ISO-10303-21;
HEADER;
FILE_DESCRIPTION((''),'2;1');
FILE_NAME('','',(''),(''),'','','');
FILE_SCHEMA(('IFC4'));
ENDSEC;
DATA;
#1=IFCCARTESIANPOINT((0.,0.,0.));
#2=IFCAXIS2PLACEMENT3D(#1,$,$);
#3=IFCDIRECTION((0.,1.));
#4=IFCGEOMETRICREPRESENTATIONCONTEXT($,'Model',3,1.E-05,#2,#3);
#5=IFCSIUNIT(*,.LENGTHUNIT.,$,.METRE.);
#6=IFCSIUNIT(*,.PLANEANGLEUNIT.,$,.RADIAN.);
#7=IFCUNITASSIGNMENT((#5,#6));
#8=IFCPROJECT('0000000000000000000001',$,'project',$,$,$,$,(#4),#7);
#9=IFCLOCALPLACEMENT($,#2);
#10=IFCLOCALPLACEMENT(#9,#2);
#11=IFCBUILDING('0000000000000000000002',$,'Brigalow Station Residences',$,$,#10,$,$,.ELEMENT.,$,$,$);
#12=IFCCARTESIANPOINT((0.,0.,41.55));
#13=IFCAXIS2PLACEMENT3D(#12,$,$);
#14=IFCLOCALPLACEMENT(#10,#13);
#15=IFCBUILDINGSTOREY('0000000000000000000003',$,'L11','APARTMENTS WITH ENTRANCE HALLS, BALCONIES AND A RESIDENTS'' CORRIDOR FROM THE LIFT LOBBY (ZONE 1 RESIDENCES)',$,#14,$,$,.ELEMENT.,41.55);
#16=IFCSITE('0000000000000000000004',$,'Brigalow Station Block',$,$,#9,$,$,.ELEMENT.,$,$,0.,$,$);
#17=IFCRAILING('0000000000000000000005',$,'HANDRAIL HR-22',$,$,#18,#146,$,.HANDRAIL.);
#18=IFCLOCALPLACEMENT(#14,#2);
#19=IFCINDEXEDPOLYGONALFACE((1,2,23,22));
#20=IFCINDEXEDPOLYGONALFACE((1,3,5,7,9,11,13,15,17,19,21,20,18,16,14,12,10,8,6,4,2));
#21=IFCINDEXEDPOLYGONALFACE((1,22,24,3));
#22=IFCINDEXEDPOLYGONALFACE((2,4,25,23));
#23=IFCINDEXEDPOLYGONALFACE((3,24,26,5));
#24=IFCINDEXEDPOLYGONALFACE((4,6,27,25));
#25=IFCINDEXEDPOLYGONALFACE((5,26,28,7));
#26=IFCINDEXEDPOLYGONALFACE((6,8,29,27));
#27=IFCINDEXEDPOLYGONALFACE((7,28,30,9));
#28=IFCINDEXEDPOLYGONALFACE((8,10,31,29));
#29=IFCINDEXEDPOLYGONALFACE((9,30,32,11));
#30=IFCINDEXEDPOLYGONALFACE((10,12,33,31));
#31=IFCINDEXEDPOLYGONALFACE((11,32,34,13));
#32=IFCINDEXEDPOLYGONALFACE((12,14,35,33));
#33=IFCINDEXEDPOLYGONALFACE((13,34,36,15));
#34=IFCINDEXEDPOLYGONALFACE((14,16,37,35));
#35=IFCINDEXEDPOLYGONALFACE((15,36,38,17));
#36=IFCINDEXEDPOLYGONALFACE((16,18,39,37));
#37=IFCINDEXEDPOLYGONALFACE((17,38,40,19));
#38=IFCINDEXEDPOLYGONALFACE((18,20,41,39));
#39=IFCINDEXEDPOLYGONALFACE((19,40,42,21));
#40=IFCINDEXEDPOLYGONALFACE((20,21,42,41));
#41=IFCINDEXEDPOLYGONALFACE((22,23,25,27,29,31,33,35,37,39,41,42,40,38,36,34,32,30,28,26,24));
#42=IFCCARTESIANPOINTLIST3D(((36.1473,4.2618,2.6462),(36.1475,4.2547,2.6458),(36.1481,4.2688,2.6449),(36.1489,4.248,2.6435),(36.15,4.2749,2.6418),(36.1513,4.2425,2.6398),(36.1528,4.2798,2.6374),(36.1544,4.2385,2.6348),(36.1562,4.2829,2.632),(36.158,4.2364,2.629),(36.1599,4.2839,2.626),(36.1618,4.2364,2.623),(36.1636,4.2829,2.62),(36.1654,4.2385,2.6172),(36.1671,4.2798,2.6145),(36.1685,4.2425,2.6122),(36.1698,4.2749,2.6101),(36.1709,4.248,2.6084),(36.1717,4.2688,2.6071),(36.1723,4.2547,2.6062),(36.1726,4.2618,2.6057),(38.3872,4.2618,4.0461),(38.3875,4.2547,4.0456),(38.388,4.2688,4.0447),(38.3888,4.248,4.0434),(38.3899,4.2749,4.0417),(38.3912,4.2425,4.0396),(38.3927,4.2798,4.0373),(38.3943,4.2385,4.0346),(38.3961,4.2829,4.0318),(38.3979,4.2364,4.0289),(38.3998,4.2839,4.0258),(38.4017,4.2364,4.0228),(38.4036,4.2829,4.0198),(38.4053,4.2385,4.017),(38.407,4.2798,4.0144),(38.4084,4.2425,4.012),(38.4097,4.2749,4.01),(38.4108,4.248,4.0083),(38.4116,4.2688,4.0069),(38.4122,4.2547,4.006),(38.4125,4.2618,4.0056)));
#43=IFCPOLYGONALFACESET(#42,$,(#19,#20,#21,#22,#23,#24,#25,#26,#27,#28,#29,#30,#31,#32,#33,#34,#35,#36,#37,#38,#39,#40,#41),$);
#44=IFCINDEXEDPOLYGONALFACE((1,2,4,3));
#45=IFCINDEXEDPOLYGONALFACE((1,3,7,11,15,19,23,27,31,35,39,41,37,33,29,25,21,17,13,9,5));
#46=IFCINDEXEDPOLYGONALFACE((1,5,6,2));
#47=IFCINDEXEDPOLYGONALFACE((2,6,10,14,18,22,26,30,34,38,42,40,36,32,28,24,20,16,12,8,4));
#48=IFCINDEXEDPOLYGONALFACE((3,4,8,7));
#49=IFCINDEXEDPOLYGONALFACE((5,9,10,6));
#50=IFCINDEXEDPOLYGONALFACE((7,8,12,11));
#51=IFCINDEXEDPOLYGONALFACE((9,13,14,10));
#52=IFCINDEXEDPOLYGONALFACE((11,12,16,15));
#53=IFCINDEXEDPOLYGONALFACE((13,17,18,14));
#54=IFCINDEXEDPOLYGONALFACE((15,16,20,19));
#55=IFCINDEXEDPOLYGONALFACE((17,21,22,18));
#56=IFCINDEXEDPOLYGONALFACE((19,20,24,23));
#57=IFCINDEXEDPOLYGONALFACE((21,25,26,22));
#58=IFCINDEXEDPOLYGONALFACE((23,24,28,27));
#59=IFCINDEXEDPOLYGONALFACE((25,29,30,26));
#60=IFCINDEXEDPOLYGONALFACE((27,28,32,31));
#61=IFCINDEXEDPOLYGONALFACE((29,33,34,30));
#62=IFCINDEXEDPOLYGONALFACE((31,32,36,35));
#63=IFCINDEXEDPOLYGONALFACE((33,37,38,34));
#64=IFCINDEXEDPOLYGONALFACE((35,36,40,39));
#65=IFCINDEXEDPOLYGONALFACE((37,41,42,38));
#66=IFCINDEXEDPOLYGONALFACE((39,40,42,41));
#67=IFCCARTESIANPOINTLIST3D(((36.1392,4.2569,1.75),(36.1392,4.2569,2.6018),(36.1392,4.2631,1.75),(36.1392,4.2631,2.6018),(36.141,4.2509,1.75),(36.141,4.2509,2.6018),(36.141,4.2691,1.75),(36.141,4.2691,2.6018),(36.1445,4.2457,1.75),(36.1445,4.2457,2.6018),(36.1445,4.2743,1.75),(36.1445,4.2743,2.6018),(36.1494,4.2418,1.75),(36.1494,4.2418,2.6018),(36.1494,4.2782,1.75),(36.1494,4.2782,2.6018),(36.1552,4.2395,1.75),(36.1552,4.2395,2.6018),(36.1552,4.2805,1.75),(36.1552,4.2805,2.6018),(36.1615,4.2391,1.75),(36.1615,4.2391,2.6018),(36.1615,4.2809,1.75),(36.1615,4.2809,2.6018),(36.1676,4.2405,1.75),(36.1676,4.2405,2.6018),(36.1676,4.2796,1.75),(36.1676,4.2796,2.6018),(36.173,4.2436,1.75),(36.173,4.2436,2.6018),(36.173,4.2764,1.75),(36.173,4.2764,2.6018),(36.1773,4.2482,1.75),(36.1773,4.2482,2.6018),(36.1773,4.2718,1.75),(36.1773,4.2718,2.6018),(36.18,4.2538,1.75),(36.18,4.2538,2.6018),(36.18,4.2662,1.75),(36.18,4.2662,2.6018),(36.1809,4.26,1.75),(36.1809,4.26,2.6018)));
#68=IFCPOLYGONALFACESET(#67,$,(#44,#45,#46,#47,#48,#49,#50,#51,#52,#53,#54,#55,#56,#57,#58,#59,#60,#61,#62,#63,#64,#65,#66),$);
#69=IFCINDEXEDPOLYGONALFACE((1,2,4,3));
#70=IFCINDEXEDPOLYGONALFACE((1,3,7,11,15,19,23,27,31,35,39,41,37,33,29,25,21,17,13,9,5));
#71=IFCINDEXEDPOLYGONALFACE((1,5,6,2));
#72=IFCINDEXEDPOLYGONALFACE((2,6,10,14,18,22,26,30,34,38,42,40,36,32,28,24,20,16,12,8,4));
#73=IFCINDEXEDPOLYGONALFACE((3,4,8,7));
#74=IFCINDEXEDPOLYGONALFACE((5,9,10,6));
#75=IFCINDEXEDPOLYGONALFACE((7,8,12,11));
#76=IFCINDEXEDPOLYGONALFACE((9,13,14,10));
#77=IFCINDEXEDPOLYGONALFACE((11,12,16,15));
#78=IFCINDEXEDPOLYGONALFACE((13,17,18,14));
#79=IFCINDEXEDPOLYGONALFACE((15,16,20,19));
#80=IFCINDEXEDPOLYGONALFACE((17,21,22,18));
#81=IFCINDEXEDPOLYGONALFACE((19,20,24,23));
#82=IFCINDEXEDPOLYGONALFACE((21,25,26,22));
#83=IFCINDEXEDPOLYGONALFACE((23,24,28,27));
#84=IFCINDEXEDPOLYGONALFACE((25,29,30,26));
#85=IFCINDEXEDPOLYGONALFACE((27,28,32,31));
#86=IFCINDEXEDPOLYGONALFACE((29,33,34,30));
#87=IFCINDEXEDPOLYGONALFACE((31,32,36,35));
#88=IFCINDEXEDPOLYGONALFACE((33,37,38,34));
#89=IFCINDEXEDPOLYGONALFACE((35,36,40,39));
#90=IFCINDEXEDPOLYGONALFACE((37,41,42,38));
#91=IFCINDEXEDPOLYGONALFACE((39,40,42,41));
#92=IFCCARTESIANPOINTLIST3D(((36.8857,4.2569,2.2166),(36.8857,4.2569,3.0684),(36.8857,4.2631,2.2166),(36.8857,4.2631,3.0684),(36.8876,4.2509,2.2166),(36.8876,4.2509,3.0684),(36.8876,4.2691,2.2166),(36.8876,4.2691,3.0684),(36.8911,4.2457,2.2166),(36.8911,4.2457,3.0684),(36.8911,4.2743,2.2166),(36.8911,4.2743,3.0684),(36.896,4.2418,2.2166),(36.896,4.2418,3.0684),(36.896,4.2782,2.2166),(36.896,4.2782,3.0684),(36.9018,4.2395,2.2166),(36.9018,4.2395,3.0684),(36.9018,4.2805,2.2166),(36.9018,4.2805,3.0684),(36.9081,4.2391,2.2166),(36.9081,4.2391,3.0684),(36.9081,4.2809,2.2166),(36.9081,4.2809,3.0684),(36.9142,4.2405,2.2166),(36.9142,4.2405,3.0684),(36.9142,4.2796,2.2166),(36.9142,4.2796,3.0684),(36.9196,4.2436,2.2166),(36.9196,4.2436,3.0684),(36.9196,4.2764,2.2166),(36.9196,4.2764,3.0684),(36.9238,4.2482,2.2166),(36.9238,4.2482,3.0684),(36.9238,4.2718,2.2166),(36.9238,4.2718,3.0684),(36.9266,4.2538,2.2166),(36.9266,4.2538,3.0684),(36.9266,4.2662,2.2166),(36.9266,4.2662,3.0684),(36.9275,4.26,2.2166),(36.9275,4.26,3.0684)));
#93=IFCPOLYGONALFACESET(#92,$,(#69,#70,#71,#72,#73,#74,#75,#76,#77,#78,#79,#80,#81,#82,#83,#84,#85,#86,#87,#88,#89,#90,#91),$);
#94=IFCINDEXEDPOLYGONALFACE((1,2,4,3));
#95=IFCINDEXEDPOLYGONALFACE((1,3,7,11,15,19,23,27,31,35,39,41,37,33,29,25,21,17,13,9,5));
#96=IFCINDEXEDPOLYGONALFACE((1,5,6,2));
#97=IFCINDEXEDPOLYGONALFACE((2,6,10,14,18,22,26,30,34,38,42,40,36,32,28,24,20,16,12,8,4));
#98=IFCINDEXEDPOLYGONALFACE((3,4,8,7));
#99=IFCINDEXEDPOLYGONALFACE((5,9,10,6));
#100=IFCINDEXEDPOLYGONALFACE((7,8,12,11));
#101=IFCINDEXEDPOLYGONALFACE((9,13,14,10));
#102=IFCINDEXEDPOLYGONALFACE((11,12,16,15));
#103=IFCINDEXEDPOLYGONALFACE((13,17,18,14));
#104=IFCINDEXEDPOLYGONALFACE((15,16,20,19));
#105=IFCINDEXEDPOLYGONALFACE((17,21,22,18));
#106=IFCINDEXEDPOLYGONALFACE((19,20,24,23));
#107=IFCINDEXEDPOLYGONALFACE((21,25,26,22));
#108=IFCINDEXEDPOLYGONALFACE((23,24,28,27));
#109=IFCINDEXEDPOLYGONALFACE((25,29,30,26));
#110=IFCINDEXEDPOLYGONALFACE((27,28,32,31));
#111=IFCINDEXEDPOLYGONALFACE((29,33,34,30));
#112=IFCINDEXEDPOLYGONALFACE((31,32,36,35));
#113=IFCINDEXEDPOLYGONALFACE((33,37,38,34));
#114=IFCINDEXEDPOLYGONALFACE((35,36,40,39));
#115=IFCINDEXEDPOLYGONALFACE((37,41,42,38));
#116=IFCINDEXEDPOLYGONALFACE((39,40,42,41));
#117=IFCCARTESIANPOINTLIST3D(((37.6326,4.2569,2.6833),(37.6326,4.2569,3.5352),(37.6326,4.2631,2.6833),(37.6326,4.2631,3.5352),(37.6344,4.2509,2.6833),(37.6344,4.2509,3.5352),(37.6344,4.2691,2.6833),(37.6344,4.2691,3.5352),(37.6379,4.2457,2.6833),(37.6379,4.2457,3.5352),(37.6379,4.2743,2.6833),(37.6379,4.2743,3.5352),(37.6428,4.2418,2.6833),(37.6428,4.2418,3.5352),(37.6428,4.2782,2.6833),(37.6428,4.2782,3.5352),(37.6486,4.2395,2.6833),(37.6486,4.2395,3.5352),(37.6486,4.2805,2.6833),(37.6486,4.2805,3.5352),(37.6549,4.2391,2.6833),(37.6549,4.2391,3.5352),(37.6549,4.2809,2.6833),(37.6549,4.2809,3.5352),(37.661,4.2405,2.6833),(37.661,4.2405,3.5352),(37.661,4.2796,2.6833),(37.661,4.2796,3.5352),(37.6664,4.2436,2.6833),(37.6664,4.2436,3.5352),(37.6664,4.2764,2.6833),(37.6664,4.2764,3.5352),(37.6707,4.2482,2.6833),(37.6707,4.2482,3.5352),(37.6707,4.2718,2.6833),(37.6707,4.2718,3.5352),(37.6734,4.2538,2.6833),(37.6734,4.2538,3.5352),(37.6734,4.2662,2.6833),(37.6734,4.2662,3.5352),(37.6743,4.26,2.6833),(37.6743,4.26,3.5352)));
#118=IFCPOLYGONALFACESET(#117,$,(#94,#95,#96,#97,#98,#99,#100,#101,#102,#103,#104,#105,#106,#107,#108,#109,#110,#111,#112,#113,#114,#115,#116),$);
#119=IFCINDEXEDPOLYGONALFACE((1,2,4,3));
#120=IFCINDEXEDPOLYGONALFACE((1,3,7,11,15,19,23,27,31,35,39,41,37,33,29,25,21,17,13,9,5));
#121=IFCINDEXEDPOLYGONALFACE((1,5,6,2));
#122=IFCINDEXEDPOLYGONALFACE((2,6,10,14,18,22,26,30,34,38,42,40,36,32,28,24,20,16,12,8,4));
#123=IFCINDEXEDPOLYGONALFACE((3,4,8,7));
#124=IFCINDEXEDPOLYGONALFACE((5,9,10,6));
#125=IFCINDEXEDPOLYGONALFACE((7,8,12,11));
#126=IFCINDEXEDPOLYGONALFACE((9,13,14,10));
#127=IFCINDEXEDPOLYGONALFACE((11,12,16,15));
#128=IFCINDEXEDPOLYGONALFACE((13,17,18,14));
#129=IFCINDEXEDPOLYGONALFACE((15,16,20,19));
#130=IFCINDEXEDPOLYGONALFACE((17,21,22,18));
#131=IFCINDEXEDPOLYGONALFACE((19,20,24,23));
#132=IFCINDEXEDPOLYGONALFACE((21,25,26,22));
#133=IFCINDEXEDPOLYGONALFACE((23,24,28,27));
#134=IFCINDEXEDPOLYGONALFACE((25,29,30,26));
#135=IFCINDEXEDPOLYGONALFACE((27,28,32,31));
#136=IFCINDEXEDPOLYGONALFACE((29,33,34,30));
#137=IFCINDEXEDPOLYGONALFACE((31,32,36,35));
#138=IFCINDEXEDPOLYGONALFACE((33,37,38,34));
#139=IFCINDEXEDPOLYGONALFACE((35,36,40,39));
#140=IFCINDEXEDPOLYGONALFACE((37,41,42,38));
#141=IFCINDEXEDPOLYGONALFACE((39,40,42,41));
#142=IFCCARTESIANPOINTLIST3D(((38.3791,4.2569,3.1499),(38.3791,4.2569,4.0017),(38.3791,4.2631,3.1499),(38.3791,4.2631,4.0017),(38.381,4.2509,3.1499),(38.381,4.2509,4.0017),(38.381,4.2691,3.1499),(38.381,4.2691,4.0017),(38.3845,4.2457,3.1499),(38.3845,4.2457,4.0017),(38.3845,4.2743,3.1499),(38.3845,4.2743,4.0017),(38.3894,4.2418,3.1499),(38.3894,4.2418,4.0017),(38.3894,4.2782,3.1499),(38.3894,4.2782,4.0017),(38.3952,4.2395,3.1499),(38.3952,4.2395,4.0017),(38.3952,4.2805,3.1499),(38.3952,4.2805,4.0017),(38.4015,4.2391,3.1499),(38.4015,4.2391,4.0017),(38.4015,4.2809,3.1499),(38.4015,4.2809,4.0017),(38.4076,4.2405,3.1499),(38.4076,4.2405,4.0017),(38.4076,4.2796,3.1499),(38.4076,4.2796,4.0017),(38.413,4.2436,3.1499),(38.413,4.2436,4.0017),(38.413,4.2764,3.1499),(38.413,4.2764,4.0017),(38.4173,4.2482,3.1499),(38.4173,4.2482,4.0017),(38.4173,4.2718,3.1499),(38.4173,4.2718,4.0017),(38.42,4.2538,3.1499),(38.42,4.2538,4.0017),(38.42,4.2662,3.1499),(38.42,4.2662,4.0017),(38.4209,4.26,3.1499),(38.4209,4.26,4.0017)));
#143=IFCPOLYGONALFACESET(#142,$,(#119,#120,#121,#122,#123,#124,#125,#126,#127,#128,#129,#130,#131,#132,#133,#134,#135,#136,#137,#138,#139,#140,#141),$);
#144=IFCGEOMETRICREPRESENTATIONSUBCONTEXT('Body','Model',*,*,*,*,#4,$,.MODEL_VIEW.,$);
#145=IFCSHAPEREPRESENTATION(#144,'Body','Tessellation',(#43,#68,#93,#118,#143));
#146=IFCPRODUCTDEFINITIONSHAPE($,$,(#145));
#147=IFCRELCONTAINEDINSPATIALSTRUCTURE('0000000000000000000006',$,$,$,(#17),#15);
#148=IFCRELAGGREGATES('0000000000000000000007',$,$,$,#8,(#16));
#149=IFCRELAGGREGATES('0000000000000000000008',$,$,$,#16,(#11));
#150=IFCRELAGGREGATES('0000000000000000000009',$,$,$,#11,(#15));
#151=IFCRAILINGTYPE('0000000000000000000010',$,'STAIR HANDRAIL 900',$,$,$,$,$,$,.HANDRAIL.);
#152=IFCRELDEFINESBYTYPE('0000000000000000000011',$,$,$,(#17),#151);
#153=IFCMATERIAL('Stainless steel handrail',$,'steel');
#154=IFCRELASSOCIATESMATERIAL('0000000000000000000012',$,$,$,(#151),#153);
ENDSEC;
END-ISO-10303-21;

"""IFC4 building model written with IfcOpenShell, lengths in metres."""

from ifc_helpers import new_model, si_unit, direction, frame, origin, origin_2d, place, context, subcontext, project, spatial, circle, extrude, material, type_object, element, save


model = new_model("IFC4")

# Units and contexts
model_context = context("Model", 3, precision=1e-05, world=origin(), true_north=direction((0.0, 1.0)))
body_context = subcontext(model_context, "Body", "Model", "MODEL_VIEW")
ifc_project = project(units=[si_unit("LENGTHUNIT", "METRE"), si_unit("PLANEANGLEUNIT", "RADIAN")], contexts=[model_context])

# Site, building, storey
site_placement = place(None, origin())
site = spatial("IfcSite", under=ifc_project, at=site_placement, Name="Brigalow Station Block", CompositionType="ELEMENT", RefElevation=0.0)
building_placement = place(site_placement, origin())
building = spatial("IfcBuilding", under=site, at=building_placement, Name="Brigalow Station Residences", CompositionType="ELEMENT")
storey_placement = place(building_placement, frame((0.0, 0.0, 41.55)))
storey = spatial("IfcBuildingStorey", under=building, at=storey_placement, Name="L11", Description="APARTMENTS WITH ENTRANCE HALLS, BALCONIES AND A RESIDENTS' CORRIDOR FROM THE LIFT LOBBY (ZONE 1 RESIDENCES)", CompositionType="ELEMENT", Elevation=41.55)

# Railing
ifc_material_1 = material(Name="Stainless steel handrail", Category="steel")
railing_type_1 = type_object("IfcRailingType", Name="STAIR HANDRAIL 900", PredefinedType="HANDRAIL", material=ifc_material_1)
railing_1_placement = place(storey_placement, frame((36.1599, 4.26, 1.75)))
element("IfcRailing", 1, at=railing_1_placement, inside=storey, type_object=railing_type_1, Name="HANDRAIL HR-22", PredefinedType="HANDRAIL", context=body_context, shape_type="SweptSolid", body=[
    extrude(circle(Radius=0.0239, at=origin_2d()), frame((0.0, 0.0, 0.876), z_axis=(0.848014, 0.0, 0.529974), x_axis=(0.0, 1.0, 0.0)), (0.0, 0.0, 1.0), 2.6414),
    extrude(circle(Radius=0.021, at=origin_2d()), origin(), (0.0, 0.0, 1.0), 0.8518),
    extrude(circle(Radius=0.021, at=origin_2d()), frame((0.7466, 0.0, 0.4666)), (0.0, 0.0, 1.0), 0.8518),
    extrude(circle(Radius=0.021, at=origin_2d()), frame((1.4934, 0.0, 0.9333)), (0.0, 0.0, 1.0), 0.8518),
    extrude(circle(Radius=0.021, at=origin_2d()), frame((2.24, 0.0, 1.3999)), (0.0, 0.0, 1.0), 0.8518),
])

save(model, "model.ifc")
